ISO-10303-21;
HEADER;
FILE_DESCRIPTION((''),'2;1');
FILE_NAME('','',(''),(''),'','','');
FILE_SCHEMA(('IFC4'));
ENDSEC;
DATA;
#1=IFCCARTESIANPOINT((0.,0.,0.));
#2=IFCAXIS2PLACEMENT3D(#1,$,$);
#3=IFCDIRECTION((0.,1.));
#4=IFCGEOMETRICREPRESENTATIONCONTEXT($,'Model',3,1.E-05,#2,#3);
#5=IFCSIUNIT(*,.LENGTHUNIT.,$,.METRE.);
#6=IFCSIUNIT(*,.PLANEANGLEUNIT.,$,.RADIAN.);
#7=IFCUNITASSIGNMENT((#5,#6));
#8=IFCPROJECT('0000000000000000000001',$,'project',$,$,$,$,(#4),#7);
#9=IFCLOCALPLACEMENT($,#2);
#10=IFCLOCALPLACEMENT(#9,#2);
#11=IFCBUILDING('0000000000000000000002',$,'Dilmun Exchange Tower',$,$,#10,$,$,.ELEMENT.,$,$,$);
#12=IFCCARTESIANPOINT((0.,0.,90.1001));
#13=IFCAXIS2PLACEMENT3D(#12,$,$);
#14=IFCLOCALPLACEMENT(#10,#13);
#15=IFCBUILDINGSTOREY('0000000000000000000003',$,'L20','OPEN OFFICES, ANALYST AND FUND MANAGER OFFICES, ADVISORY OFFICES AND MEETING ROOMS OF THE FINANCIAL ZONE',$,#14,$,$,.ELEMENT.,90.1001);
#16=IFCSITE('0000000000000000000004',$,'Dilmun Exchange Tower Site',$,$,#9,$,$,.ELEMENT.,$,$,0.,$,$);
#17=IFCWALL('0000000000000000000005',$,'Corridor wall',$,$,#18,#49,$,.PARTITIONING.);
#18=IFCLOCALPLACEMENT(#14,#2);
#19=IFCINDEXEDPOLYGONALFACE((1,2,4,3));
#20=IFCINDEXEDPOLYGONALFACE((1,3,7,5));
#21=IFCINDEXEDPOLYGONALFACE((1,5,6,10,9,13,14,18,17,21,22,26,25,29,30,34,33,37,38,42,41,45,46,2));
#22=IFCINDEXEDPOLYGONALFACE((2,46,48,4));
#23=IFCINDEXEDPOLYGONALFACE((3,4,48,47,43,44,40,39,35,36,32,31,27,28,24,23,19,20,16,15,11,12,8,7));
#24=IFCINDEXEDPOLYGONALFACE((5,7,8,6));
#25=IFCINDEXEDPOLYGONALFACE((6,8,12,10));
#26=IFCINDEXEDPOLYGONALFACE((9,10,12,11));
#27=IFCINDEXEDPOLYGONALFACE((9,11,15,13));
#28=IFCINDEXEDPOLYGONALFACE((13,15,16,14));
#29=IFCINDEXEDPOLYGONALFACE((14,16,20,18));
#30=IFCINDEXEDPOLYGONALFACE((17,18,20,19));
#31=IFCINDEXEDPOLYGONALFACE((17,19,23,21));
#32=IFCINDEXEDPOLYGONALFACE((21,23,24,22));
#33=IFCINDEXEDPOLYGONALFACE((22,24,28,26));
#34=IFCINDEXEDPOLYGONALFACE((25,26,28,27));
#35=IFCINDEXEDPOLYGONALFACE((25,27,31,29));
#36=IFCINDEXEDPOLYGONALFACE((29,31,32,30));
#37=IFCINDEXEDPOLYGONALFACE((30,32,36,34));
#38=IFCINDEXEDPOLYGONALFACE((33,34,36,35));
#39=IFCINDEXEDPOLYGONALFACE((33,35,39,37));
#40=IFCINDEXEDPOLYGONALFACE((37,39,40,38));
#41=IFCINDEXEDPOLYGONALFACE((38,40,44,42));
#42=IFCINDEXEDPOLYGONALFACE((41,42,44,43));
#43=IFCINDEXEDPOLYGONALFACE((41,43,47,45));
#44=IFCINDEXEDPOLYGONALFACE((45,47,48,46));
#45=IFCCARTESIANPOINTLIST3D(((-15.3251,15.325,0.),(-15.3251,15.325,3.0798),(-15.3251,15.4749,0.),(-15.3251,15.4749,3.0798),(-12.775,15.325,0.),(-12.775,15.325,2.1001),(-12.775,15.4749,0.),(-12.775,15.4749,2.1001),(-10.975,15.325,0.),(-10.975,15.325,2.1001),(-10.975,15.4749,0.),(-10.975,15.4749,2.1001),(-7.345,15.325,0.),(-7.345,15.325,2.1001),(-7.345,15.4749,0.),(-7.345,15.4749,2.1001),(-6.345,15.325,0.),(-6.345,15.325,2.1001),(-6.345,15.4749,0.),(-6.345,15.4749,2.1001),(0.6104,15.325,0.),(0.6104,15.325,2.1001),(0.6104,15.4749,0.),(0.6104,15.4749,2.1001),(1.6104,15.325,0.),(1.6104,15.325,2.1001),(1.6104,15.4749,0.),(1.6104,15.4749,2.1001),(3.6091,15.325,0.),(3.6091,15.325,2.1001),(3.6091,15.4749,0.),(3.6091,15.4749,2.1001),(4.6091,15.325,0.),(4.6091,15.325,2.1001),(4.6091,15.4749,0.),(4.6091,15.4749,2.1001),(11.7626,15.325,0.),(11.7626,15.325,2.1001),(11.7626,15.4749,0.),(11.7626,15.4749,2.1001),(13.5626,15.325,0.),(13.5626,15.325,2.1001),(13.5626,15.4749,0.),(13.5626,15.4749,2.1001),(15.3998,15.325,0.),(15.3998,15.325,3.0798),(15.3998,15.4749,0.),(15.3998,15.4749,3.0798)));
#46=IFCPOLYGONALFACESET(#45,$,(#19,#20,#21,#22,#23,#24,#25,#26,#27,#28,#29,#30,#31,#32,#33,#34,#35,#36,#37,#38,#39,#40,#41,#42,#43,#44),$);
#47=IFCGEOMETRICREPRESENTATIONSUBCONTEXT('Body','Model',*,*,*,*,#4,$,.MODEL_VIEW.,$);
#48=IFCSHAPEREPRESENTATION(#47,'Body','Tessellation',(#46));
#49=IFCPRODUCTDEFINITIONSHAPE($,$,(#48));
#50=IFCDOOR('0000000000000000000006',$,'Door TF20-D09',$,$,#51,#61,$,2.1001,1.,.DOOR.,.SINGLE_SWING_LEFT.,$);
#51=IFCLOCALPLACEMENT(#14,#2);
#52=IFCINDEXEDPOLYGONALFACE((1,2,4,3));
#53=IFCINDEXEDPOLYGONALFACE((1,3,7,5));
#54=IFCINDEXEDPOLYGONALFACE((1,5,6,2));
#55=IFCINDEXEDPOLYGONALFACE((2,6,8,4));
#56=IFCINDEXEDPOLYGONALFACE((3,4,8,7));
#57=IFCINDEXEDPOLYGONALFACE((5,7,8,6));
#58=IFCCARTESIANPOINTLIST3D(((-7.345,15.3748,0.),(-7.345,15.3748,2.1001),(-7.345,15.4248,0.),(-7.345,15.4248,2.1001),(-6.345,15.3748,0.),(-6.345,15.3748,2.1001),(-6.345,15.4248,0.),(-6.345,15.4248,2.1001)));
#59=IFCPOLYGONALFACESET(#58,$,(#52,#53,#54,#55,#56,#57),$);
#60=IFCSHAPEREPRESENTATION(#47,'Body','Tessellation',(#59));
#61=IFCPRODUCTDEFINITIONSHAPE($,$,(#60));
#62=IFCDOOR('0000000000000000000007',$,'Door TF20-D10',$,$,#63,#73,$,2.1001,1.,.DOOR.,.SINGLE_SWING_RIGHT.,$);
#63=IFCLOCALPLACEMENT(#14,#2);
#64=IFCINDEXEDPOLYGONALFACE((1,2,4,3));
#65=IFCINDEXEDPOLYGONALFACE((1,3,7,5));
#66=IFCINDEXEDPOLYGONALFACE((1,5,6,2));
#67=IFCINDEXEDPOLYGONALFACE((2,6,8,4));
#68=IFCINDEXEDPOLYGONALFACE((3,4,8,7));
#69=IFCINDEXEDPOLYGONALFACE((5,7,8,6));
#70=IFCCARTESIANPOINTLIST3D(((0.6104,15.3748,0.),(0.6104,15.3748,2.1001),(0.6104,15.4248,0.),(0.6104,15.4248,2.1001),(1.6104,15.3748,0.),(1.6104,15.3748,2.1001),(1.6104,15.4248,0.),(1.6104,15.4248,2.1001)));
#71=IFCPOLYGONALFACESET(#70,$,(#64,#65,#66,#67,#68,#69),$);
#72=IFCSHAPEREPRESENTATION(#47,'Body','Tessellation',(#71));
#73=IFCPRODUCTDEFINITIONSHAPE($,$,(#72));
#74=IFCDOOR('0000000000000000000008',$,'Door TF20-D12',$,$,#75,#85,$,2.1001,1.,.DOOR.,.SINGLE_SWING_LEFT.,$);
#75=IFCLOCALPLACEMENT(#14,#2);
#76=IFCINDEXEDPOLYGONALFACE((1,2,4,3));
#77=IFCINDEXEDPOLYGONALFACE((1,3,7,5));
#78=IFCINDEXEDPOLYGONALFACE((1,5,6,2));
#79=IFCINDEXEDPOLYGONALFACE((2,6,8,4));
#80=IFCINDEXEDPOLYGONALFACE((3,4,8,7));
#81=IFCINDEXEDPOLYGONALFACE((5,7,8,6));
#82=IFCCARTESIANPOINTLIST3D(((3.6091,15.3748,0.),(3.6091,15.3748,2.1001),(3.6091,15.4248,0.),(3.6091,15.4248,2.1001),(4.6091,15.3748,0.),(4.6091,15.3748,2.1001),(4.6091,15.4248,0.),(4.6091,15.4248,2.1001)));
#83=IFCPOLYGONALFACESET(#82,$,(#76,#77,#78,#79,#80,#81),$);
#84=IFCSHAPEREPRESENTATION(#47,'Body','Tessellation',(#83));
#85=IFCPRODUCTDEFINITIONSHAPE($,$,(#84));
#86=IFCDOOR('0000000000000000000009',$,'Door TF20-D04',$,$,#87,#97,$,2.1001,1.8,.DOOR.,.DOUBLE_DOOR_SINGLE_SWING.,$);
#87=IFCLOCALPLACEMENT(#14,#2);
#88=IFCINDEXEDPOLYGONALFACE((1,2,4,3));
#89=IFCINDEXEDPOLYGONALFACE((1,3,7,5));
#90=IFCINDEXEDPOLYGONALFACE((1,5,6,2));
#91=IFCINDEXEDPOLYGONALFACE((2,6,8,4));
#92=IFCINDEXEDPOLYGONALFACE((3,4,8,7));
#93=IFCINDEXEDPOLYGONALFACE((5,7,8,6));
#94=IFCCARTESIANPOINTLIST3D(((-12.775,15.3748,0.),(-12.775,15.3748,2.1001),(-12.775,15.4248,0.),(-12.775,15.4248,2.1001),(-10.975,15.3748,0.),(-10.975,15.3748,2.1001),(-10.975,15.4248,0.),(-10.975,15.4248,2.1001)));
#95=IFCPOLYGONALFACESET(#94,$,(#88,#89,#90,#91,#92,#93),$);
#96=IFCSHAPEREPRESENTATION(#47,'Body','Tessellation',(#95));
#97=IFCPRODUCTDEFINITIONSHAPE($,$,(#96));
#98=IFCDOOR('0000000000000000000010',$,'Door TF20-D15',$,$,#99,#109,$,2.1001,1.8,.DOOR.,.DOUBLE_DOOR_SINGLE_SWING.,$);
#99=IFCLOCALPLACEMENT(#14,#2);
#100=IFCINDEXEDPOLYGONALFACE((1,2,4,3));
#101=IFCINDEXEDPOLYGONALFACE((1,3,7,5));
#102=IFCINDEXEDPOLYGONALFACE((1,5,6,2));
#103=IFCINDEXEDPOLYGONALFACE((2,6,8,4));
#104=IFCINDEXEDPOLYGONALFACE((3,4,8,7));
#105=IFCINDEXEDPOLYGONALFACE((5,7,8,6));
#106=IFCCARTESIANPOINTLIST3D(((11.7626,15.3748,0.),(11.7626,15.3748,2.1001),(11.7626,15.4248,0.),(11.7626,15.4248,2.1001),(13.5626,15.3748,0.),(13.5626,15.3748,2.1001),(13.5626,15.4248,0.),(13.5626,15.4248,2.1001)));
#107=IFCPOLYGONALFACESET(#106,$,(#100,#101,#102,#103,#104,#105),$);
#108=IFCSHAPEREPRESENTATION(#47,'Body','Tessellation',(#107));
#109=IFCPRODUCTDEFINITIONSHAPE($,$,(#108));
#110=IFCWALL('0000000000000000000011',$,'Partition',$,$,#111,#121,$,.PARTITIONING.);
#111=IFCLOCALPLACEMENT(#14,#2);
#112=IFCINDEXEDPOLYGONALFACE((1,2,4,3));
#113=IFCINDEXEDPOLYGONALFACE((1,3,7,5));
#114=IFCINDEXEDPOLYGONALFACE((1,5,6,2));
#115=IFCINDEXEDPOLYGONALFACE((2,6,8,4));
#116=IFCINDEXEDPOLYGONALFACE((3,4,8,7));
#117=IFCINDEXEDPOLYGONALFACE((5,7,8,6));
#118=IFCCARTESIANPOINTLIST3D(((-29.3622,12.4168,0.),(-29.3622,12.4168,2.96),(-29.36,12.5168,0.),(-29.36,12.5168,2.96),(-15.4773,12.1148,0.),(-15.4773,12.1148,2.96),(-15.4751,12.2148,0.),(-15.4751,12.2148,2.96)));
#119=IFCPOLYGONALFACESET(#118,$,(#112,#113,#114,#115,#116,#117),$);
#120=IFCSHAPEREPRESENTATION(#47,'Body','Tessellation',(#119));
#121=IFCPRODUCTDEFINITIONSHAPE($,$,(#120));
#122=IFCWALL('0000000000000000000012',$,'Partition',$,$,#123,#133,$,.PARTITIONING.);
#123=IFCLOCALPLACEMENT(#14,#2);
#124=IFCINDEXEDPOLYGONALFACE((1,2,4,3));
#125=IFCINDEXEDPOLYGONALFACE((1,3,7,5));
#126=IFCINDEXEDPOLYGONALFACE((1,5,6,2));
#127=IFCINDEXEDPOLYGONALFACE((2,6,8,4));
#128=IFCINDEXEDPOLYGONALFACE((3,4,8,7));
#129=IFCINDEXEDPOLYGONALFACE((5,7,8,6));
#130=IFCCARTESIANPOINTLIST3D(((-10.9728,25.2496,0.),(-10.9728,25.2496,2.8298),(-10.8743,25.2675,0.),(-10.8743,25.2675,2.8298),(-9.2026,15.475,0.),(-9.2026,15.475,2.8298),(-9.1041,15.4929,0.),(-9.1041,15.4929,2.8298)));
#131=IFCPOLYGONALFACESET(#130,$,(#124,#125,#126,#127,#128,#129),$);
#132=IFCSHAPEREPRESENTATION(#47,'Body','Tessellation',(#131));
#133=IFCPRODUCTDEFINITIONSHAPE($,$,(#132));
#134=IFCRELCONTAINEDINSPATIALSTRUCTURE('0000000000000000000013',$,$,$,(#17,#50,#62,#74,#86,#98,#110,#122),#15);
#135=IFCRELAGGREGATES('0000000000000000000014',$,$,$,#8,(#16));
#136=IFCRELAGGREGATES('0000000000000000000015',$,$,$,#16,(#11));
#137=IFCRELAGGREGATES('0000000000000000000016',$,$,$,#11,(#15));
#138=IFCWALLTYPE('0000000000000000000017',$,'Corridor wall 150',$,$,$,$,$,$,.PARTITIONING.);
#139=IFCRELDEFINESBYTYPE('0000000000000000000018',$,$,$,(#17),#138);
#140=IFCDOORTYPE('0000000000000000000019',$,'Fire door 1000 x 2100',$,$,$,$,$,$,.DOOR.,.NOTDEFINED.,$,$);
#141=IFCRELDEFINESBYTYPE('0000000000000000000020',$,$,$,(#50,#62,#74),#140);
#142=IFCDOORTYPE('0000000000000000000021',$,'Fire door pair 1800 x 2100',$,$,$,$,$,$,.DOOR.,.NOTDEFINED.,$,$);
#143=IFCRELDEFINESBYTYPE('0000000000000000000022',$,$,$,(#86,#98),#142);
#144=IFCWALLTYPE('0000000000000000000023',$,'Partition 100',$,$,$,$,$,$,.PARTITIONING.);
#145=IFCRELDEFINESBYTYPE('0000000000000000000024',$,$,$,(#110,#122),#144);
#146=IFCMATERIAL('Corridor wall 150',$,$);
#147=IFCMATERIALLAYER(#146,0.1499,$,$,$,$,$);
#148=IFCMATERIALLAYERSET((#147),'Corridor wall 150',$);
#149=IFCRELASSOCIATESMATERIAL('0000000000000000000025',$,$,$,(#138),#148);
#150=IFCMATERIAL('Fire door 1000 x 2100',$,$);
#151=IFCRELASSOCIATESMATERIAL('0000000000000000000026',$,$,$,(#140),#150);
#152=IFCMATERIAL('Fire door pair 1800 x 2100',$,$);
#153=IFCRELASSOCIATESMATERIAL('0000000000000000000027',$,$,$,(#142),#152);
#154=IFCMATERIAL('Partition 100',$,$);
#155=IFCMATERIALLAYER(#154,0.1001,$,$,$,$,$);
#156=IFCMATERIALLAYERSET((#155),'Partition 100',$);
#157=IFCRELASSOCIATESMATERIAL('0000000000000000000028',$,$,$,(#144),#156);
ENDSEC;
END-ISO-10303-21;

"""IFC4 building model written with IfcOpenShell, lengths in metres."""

from ifc_helpers import new_model, si_unit, direction, frame, frame_2d, origin, place, context, subcontext, project, spatial, rectangle, extrude, material, layer, layer_set, type_object, element, fill, save


model = new_model("IFC4")

# Units and contexts
model_context = context("Model", 3, precision=1e-05, world=origin(), true_north=direction((0.0, 1.0)))
body_context = subcontext(model_context, "Body", "Model", "MODEL_VIEW")
ifc_project = project(units=[si_unit("LENGTHUNIT", "METRE"), si_unit("PLANEANGLEUNIT", "RADIAN")], contexts=[model_context])

# Site, building, storey
site_placement = place(None, origin())
site = spatial("IfcSite", under=ifc_project, at=site_placement, Name="Dilmun Exchange Tower Site", CompositionType="ELEMENT", RefElevation=0.0)
building_placement = place(site_placement, origin())
building = spatial("IfcBuilding", under=site, at=building_placement, Name="Dilmun Exchange Tower", CompositionType="ELEMENT")
storey_placement = place(building_placement, frame((0.0, 0.0, 90.1001)))
storey = spatial("IfcBuildingStorey", under=building, at=storey_placement, Name="L20", Description="OPEN OFFICES, ANALYST AND FUND MANAGER OFFICES, ADVISORY OFFICES AND MEETING ROOMS OF THE FINANCIAL ZONE", CompositionType="ELEMENT", Elevation=90.1001)

# Wall, openings, doors
ifc_material_1 = material(Name="Corridor wall 150")
ifc_layer_1 = layer(ifc_material_1, 0.1499)
ifc_layer_set_1 = layer_set([ifc_layer_1], Name="Corridor wall 150")
wall_type_1 = type_object("IfcWallType", Name="Corridor wall 150", PredefinedType="PARTITIONING", material=ifc_layer_set_1)
wall_1_placement = place(storey_placement, frame((-15.325, 15.3999, 0.0), z_axis=(0.0, 0.0, 1.0), x_axis=(1.0, 0.0, 0.0)))
wall_1 = element("IfcWall", 1, at=wall_1_placement, inside=storey, type_object=wall_type_1, Name="Corridor wall", PredefinedType="PARTITIONING", context=body_context, shape_type="SweptSolid", body=[
    extrude(rectangle(XDim=30.7249, YDim=0.1499, at=frame_2d((15.3623, 0.0))), origin(), (0.0, 0.0, 1.0), 3.0798),
])
opening_1_placement = place(wall_1_placement, frame((2.55, 0.0, 0.0)))
opening_1 = element("IfcOpeningElement", 2, at=opening_1_placement, cuts=wall_1, PredefinedType="OPENING", context=body_context, shape_type="SweptSolid", body=[
    extrude(rectangle(XDim=1.8, YDim=2.1001, at=frame_2d((0.8999, 1.05))), frame((0.0, 0.085, 0.0), z_axis=(0.0, -1.0, 0.0), x_axis=(1.0, 0.0, 0.0)), (0.0, 0.0, 1.0), 0.1699),
])
opening_2_placement = place(wall_1_placement, frame((7.98, 0.0, 0.0)))
opening_2 = element("IfcOpeningElement", 3, at=opening_2_placement, cuts=wall_1, PredefinedType="OPENING", context=body_context, shape_type="SweptSolid", body=[
    extrude(rectangle(XDim=1.0, YDim=2.1001, at=frame_2d((0.5, 1.05))), frame((0.0, 0.085, 0.0), z_axis=(0.0, -1.0, 0.0), x_axis=(1.0, 0.0, 0.0)), (0.0, 0.0, 1.0), 0.1699),
])
opening_3_placement = place(wall_1_placement, frame((15.9353, 0.0, 0.0)))
opening_3 = element("IfcOpeningElement", 4, at=opening_3_placement, cuts=wall_1, PredefinedType="OPENING", context=body_context, shape_type="SweptSolid", body=[
    extrude(rectangle(XDim=1.0, YDim=2.1001, at=frame_2d((0.5, 1.05))), frame((0.0, 0.085, 0.0), z_axis=(0.0, -1.0, 0.0), x_axis=(1.0, 0.0, 0.0)), (0.0, 0.0, 1.0), 0.1699),
])
opening_4_placement = place(wall_1_placement, frame((18.9341, 0.0, 0.0)))
opening_4 = element("IfcOpeningElement", 5, at=opening_4_placement, cuts=wall_1, PredefinedType="OPENING", context=body_context, shape_type="SweptSolid", body=[
    extrude(rectangle(XDim=1.0, YDim=2.1001, at=frame_2d((0.5, 1.05))), frame((0.0, 0.085, 0.0), z_axis=(0.0, -1.0, 0.0), x_axis=(1.0, 0.0, 0.0)), (0.0, 0.0, 1.0), 0.1699),
])
opening_5_placement = place(wall_1_placement, frame((27.0876, 0.0, 0.0)))
opening_5 = element("IfcOpeningElement", 6, at=opening_5_placement, cuts=wall_1, PredefinedType="OPENING", context=body_context, shape_type="SweptSolid", body=[
    extrude(rectangle(XDim=1.8, YDim=2.1001, at=frame_2d((0.8999, 1.05))), frame((0.0, 0.085, 0.0), z_axis=(0.0, -1.0, 0.0), x_axis=(1.0, 0.0, 0.0)), (0.0, 0.0, 1.0), 0.1699),
])
ifc_material_2 = material(Name="Fire door 1000 x 2100")
door_type_1 = type_object("IfcDoorType", Name="Fire door 1000 x 2100", OperationType="NOTDEFINED", PredefinedType="DOOR", material=ifc_material_2)
door_1_placement = place(opening_2_placement, origin())
door_1 = element("IfcDoor", 7, at=door_1_placement, inside=storey, type_object=door_type_1, Name="Door TF20-D09", OperationType="SINGLE_SWING_LEFT", OverallHeight=2.1001, OverallWidth=1.0, PredefinedType="DOOR", context=body_context, shape_type="SweptSolid", body=[
    extrude(rectangle(XDim=1.0, YDim=2.1001, at=frame_2d((0.5, 1.05))), frame((0.0, 0.0249, 0.0), z_axis=(0.0, -1.0, 0.0), x_axis=(1.0, 0.0, 0.0)), (0.0, 0.0, 1.0), 0.05),
])
fill(opening_2, door_1)
door_2_placement = place(opening_3_placement, origin())
door_2 = element("IfcDoor", 8, at=door_2_placement, inside=storey, type_object=door_type_1, Name="Door TF20-D10", OperationType="SINGLE_SWING_RIGHT", OverallHeight=2.1001, OverallWidth=1.0, PredefinedType="DOOR", context=body_context, shape_type="SweptSolid", body=[
    extrude(rectangle(XDim=1.0, YDim=2.1001, at=frame_2d((0.5, 1.05))), frame((0.0, 0.0249, 0.0), z_axis=(0.0, -1.0, 0.0), x_axis=(1.0, 0.0, 0.0)), (0.0, 0.0, 1.0), 0.05),
])
fill(opening_3, door_2)
door_3_placement = place(opening_4_placement, origin())
door_3 = element("IfcDoor", 9, at=door_3_placement, inside=storey, type_object=door_type_1, Name="Door TF20-D12", OperationType="SINGLE_SWING_LEFT", OverallHeight=2.1001, OverallWidth=1.0, PredefinedType="DOOR", context=body_context, shape_type="SweptSolid", body=[
    extrude(rectangle(XDim=1.0, YDim=2.1001, at=frame_2d((0.5, 1.05))), frame((0.0, 0.0249, 0.0), z_axis=(0.0, -1.0, 0.0), x_axis=(1.0, 0.0, 0.0)), (0.0, 0.0, 1.0), 0.05),
])
fill(opening_4, door_3)
ifc_material_3 = material(Name="Fire door pair 1800 x 2100")
door_type_2 = type_object("IfcDoorType", Name="Fire door pair 1800 x 2100", OperationType="NOTDEFINED", PredefinedType="DOOR", material=ifc_material_3)
door_4_placement = place(opening_1_placement, origin())
door_4 = element("IfcDoor", 10, at=door_4_placement, inside=storey, type_object=door_type_2, Name="Door TF20-D04", OperationType="DOUBLE_DOOR_SINGLE_SWING", OverallHeight=2.1001, OverallWidth=1.8, PredefinedType="DOOR", context=body_context, shape_type="SweptSolid", body=[
    extrude(rectangle(XDim=1.8, YDim=2.1001, at=frame_2d((0.8999, 1.05))), frame((0.0, 0.0249, 0.0), z_axis=(0.0, -1.0, 0.0), x_axis=(1.0, 0.0, 0.0)), (0.0, 0.0, 1.0), 0.05),
])
fill(opening_1, door_4)
door_5_placement = place(opening_5_placement, origin())
door_5 = element("IfcDoor", 11, at=door_5_placement, inside=storey, type_object=door_type_2, Name="Door TF20-D15", OperationType="DOUBLE_DOOR_SINGLE_SWING", OverallHeight=2.1001, OverallWidth=1.8, PredefinedType="DOOR", context=body_context, shape_type="SweptSolid", body=[
    extrude(rectangle(XDim=1.8, YDim=2.1001, at=frame_2d((0.8999, 1.05))), frame((0.0, 0.0249, 0.0), z_axis=(0.0, -1.0, 0.0), x_axis=(1.0, 0.0, 0.0)), (0.0, 0.0, 1.0), 0.05),
])
fill(opening_5, door_5)

# Walls
ifc_material_4 = material(Name="Partition 100")
ifc_layer_2 = layer(ifc_material_4, 0.1001)
ifc_layer_set_2 = layer_set([ifc_layer_2], Name="Partition 100")
wall_type_2 = type_object("IfcWallType", Name="Partition 100", PredefinedType="PARTITIONING", material=ifc_layer_set_2)
wall_2_placement = place(storey_placement, frame((-29.3611, 12.4668, 0.0), z_axis=(0.0, 0.0, 1.0), x_axis=(0.999764, -0.021745, 0.0)))
element("IfcWall", 12, at=wall_2_placement, inside=storey, type_object=wall_type_2, Name="Partition", PredefinedType="PARTITIONING", context=body_context, shape_type="SweptSolid", body=[
    extrude(rectangle(XDim=13.8882, YDim=0.1001, at=frame_2d((6.9441, 0.0))), origin(), (0.0, 0.0, 1.0), 2.96),
])
wall_3_placement = place(storey_placement, frame((-10.9236, 25.2585, 0.0), z_axis=(0.0, 0.0, 1.0), x_axis=(0.178208, -0.983993, 0.0)))
element("IfcWall", 13, at=wall_3_placement, inside=storey, type_object=wall_type_2, Name="Partition", PredefinedType="PARTITIONING", context=body_context, shape_type="SweptSolid", body=[
    extrude(rectangle(XDim=9.9336, YDim=0.1001, at=frame_2d((4.9668, 0.0))), origin(), (0.0, 0.0, 1.0), 2.8298),
])

save(model, "model.ifc")
